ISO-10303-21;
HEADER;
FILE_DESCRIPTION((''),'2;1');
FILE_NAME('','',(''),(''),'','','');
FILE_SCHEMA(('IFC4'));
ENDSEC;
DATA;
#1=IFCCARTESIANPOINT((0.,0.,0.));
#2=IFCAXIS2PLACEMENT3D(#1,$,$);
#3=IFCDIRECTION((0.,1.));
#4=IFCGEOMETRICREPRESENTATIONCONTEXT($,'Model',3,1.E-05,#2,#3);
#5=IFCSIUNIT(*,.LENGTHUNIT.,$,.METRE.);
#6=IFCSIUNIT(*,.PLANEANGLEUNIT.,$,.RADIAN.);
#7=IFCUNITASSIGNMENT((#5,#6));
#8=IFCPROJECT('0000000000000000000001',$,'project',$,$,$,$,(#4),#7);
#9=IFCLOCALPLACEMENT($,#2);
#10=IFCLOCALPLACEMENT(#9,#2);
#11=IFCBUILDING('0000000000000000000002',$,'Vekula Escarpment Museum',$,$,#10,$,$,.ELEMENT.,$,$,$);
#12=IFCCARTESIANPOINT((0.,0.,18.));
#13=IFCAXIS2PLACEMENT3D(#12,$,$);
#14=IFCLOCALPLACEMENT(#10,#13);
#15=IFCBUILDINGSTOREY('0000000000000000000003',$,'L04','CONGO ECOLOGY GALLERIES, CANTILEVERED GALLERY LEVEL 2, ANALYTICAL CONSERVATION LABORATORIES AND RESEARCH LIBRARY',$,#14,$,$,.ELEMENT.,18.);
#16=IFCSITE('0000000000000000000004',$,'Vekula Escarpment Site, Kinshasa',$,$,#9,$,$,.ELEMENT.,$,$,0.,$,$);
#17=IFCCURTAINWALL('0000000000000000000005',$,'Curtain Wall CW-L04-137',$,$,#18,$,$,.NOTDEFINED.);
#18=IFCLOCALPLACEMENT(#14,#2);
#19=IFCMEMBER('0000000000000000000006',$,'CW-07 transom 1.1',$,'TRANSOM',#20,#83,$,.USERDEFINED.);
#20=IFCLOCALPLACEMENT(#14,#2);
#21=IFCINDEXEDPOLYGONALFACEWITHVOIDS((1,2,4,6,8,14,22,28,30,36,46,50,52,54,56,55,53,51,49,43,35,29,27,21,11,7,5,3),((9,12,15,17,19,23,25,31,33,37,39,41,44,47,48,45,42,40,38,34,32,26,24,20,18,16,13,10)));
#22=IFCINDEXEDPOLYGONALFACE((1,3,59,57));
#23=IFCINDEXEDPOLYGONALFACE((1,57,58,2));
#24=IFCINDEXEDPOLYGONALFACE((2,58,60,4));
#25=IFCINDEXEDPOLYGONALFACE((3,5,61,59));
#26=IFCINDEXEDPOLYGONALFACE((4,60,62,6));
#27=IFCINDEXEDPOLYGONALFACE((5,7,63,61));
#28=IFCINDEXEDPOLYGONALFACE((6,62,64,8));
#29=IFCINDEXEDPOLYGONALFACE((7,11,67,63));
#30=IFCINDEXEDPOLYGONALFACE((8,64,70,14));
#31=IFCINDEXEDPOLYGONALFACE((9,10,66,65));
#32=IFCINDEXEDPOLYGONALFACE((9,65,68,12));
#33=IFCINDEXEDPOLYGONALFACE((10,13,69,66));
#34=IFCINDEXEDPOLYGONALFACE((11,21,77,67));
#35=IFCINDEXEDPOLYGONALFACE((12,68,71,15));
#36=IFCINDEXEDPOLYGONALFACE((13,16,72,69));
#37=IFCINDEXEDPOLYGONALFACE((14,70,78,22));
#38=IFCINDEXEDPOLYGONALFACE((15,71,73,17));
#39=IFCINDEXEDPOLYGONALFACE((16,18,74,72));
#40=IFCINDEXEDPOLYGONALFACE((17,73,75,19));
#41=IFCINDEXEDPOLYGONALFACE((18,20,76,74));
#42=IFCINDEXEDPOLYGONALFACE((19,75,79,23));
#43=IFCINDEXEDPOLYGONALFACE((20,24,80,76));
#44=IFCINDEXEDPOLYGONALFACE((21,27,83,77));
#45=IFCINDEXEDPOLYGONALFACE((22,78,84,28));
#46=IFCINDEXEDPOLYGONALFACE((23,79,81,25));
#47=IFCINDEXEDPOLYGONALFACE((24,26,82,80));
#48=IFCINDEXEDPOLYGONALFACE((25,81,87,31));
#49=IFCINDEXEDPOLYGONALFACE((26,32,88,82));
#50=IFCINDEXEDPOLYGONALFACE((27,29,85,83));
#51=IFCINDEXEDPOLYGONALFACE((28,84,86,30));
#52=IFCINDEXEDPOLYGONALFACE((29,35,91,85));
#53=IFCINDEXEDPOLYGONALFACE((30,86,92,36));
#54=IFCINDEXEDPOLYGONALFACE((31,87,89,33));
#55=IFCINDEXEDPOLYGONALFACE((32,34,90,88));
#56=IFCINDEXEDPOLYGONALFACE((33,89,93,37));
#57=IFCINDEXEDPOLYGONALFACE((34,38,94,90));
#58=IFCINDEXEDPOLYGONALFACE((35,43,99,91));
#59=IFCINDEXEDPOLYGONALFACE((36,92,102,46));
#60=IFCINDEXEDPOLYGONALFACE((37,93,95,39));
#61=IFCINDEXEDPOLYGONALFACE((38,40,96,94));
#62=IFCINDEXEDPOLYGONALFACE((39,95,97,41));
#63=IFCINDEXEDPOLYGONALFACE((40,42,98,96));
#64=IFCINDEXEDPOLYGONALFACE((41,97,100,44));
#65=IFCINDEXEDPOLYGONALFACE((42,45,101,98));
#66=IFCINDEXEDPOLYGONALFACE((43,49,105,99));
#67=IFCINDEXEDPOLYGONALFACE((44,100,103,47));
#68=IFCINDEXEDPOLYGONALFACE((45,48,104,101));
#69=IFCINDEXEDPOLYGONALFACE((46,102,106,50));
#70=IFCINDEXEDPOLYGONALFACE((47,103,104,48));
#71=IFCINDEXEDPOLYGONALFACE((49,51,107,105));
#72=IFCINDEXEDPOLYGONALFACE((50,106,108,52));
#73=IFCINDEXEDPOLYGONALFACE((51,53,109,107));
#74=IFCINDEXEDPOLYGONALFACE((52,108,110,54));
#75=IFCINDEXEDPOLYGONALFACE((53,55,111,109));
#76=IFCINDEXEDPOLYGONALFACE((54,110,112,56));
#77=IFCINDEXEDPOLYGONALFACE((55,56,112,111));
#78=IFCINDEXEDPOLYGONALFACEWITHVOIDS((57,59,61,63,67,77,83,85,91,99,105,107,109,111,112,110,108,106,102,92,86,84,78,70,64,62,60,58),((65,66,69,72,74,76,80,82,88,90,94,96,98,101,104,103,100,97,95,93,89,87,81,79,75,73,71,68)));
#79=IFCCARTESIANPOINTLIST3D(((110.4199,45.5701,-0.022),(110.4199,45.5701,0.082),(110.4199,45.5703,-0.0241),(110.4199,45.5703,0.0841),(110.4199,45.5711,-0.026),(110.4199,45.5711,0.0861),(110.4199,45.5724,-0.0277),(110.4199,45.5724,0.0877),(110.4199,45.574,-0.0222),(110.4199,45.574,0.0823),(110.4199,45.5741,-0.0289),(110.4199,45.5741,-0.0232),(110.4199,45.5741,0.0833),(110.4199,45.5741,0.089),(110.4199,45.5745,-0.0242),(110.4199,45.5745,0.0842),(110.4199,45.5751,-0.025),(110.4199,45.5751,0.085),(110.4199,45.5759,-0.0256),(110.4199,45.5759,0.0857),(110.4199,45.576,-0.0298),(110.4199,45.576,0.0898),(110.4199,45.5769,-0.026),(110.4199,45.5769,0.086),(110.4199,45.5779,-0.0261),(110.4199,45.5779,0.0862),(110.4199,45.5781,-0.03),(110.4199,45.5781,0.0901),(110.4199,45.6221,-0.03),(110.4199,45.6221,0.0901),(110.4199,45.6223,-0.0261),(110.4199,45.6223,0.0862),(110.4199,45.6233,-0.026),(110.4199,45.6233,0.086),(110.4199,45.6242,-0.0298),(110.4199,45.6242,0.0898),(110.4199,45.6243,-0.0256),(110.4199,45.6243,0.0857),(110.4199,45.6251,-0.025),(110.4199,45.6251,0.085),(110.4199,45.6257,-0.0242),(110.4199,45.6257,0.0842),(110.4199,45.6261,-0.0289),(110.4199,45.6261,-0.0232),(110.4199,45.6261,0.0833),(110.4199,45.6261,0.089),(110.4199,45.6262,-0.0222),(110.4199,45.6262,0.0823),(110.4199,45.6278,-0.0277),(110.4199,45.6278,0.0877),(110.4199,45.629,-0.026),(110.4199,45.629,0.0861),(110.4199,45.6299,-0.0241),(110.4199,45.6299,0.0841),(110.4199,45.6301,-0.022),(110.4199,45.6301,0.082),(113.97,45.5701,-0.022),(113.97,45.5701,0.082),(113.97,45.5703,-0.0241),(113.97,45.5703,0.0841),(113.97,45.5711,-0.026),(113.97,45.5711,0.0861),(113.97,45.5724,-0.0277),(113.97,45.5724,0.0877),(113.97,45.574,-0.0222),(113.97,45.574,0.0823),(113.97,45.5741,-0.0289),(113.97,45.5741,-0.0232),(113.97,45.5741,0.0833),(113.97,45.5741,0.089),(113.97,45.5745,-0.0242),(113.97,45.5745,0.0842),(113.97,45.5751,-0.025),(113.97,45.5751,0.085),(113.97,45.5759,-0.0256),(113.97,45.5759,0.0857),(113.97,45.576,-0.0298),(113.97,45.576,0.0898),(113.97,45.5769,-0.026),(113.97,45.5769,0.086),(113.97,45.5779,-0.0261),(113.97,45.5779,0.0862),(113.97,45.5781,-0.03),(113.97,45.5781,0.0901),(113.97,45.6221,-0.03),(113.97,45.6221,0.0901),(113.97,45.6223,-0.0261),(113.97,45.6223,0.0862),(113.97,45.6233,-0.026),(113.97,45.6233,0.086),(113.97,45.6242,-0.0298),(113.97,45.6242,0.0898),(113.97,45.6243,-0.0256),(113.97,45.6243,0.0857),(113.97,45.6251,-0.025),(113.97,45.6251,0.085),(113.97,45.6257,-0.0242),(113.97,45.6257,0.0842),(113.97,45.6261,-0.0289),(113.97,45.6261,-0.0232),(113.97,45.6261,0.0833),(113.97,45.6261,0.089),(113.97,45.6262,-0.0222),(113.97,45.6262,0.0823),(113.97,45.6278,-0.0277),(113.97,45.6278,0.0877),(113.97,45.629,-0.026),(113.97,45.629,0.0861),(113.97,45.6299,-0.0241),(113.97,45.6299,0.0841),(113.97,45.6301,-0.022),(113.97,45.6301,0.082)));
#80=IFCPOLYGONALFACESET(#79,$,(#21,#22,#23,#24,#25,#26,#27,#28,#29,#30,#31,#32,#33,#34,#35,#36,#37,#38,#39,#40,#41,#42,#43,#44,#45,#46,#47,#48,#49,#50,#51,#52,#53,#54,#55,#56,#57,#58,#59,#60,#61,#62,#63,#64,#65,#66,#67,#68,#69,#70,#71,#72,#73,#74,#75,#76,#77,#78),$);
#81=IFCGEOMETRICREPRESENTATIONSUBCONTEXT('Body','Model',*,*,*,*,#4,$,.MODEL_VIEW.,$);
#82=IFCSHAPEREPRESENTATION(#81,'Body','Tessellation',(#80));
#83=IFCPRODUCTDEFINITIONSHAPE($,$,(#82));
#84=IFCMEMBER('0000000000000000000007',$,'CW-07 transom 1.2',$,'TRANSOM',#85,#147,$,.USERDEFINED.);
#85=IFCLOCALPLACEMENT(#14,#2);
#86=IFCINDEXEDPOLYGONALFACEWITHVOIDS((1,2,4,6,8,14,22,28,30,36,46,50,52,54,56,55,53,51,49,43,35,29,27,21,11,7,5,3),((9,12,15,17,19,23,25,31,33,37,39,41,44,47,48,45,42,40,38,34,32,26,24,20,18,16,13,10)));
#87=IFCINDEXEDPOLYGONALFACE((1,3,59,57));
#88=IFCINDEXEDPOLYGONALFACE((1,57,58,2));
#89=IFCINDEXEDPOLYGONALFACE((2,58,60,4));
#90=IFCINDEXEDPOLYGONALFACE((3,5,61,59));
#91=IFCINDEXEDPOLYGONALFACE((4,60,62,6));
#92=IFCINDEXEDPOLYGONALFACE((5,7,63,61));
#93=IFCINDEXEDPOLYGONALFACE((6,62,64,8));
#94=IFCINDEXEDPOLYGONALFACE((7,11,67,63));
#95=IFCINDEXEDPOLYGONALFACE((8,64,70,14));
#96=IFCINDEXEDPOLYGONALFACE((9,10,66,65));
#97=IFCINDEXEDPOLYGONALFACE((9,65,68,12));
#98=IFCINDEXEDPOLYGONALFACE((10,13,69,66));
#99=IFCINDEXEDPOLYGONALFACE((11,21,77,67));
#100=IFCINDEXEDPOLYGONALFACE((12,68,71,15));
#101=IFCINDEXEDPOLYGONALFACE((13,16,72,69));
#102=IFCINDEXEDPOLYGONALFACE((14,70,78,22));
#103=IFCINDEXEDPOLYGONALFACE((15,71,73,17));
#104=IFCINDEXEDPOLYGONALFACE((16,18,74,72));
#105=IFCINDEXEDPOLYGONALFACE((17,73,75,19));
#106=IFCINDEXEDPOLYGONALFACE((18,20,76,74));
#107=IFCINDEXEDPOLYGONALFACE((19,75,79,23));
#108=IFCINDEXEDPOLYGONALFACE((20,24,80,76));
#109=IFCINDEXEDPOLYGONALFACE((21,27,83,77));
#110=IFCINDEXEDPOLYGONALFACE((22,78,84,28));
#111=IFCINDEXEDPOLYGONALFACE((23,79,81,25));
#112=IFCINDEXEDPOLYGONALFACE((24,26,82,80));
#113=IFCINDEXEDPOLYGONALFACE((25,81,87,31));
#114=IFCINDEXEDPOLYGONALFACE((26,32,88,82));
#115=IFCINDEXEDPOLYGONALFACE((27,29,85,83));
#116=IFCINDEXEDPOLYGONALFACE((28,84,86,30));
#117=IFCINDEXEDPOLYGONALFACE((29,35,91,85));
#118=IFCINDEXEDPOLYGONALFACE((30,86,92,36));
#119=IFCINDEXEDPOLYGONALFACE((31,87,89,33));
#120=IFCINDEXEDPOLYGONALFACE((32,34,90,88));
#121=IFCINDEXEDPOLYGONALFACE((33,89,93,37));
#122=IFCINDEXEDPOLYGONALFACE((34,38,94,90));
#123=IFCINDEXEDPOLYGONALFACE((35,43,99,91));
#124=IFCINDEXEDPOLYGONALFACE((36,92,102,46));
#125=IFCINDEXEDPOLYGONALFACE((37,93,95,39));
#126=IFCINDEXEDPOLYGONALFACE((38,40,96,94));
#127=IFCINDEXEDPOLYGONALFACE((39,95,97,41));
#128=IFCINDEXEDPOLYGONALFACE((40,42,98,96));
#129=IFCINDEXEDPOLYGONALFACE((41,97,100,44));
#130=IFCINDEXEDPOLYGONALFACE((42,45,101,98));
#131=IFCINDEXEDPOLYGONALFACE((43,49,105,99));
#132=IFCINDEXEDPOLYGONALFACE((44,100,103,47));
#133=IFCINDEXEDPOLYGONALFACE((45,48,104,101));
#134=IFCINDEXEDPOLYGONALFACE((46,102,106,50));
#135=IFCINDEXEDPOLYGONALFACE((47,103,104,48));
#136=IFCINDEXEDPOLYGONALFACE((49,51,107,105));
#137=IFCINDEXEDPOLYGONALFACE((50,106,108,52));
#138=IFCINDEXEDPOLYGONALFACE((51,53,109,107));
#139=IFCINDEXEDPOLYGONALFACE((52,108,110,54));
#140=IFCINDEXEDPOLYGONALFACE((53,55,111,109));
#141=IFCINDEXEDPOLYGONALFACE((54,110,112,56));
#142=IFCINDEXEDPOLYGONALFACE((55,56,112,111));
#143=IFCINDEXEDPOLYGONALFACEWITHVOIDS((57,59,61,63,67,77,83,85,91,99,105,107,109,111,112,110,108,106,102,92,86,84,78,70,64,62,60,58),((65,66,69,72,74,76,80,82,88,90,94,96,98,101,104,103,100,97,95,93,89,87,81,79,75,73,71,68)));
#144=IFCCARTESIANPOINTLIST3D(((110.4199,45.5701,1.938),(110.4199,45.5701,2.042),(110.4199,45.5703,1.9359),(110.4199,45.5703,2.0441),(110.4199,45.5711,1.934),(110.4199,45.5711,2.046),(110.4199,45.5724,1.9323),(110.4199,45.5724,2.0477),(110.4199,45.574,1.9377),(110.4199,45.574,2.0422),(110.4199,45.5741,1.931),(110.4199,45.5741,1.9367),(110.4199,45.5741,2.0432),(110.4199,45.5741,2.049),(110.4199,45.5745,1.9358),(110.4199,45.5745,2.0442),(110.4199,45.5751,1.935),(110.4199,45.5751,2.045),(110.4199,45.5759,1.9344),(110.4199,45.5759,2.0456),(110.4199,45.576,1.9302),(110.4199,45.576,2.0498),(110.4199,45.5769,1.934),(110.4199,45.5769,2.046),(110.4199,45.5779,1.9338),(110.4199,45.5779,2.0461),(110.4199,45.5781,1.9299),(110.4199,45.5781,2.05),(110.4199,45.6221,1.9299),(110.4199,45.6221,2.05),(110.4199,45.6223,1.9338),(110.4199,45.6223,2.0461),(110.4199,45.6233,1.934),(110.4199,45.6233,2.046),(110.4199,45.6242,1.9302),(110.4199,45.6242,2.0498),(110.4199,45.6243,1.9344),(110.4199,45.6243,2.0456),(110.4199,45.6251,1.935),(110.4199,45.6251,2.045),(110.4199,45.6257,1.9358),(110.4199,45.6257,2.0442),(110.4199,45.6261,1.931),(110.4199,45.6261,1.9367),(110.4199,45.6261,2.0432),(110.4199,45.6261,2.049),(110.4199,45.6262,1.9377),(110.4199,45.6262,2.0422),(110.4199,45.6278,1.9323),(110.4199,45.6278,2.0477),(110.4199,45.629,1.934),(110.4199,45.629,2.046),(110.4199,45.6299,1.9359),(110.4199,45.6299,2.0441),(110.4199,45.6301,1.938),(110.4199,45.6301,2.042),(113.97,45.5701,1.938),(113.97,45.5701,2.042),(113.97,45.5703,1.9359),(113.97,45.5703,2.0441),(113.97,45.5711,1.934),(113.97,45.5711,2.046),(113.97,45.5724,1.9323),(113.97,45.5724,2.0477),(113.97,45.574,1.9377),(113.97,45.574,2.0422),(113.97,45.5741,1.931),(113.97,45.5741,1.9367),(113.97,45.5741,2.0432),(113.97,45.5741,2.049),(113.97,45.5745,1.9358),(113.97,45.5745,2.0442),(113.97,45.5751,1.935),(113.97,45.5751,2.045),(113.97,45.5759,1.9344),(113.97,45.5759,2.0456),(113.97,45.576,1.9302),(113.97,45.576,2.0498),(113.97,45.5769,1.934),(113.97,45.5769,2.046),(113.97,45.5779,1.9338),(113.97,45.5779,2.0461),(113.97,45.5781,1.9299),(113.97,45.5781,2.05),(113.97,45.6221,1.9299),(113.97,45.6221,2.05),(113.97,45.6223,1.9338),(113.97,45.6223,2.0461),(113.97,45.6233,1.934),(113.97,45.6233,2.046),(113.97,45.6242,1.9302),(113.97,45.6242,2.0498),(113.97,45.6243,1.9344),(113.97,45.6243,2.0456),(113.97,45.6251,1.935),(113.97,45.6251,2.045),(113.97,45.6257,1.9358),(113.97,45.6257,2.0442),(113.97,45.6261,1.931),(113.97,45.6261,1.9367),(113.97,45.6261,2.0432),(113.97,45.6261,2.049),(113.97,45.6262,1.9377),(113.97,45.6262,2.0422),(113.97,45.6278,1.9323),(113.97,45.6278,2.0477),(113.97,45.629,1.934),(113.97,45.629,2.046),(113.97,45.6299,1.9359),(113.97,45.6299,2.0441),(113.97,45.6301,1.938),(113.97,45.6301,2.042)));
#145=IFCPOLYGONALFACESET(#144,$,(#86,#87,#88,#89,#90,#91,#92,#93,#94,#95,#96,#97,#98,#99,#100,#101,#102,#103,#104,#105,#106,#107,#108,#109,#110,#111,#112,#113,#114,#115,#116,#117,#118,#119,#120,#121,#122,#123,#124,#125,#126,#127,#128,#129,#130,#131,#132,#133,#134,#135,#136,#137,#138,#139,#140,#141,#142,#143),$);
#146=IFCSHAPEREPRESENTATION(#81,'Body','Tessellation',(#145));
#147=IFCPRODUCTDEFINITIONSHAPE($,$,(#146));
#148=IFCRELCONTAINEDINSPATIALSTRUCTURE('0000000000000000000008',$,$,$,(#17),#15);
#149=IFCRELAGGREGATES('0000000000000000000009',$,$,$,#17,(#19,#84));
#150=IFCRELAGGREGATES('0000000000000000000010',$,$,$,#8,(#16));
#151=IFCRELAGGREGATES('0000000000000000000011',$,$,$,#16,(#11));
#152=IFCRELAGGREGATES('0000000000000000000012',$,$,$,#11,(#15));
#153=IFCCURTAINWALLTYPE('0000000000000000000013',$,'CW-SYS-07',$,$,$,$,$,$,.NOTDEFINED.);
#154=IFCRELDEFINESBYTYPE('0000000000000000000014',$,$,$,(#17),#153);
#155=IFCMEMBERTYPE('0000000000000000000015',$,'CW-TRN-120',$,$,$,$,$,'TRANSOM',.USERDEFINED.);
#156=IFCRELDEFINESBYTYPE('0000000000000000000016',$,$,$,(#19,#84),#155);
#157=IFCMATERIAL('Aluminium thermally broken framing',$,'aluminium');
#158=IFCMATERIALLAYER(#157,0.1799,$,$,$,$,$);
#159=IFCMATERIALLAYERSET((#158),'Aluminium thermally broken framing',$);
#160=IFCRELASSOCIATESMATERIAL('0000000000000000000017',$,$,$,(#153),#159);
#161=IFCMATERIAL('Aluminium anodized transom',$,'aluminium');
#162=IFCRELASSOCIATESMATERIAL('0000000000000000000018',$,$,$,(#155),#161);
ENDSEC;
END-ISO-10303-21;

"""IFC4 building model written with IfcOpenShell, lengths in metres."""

from ifc_helpers import new_model, si_unit, direction, frame, origin, origin_2d, place, context, subcontext, project, spatial, hollow_rectangle, extrude, material, layer, layer_set, material_profile, profile_set, type_object, element, aggregate, save


model = new_model("IFC4")

# Units and contexts
model_context = context("Model", 3, precision=1e-05, world=origin(), true_north=direction((0.0, 1.0)))
body_context = subcontext(model_context, "Body", "Model", "MODEL_VIEW")
ifc_project = project(units=[si_unit("LENGTHUNIT", "METRE"), si_unit("PLANEANGLEUNIT", "RADIAN")], contexts=[model_context])

# Site, building, storey
site_placement = place(None, origin())
site = spatial("IfcSite", under=ifc_project, at=site_placement, Name="Vekula Escarpment Site, Kinshasa", CompositionType="ELEMENT", RefElevation=0.0)
building_placement = place(site_placement, origin())
building = spatial("IfcBuilding", under=site, at=building_placement, Name="Vekula Escarpment Museum", CompositionType="ELEMENT")
storey_placement = place(building_placement, frame((0.0, 0.0, 18.0)))
storey = spatial("IfcBuildingStorey", under=building, at=storey_placement, Name="L04", Description="CONGO ECOLOGY GALLERIES, CANTILEVERED GALLERY LEVEL 2, ANALYTICAL CONSERVATION LABORATORIES AND RESEARCH LIBRARY", CompositionType="ELEMENT", Elevation=18.0)

# Curtain wall, members
ifc_material_1 = material(Name="Aluminium thermally broken framing", Category="aluminium")
ifc_layer_1 = layer(ifc_material_1, 0.1799)
ifc_layer_set_1 = layer_set([ifc_layer_1], Name="Aluminium thermally broken framing")
curtain_wall_type_1 = type_object("IfcCurtainWallType", Name="CW-SYS-07", PredefinedType="NOTDEFINED", material=ifc_layer_set_1)
curtain_wall_1_placement = place(storey_placement, origin())
curtain_wall_1 = element("IfcCurtainWall", 1, at=curtain_wall_1_placement, inside=storey, type_object=curtain_wall_type_1, Name="Curtain Wall CW-L04-137", PredefinedType="NOTDEFINED")
ifc_material_2 = material(Name="Aluminium anodized transom", Category="aluminium")
ifc_material_profile_1 = material_profile(ifc_material_2, hollow_rectangle(XDim=0.0601, YDim=0.1201, WallThickness=0.0039, InnerFilletRadius=0.0039, OuterFilletRadius=0.0081, at=origin_2d()), Name="ALU 120x60x4")
ifc_profile_set_1 = profile_set([ifc_material_profile_1], Name="Aluminium anodized transom")
member_type_1 = type_object("IfcMemberType", Name="CW-TRN-120", ElementType="TRANSOM", PredefinedType="USERDEFINED", material=ifc_profile_set_1)
member_1_placement = place(storey_placement, frame((110.4199, 45.6001, 0.03), z_axis=(1.0, 0.0, 0.0), x_axis=(0.0, 1.0, 0.0)))
member_1 = element("IfcMember", 2, at=member_1_placement, type_object=member_type_1, Name="CW-07 transom 1.1", ObjectType="TRANSOM", PredefinedType="USERDEFINED", context=body_context, shape_type="SweptSolid", body=[
    extrude(hollow_rectangle(XDim=0.0601, YDim=0.1201, WallThickness=0.0039, InnerFilletRadius=0.0039, OuterFilletRadius=0.0081, at=origin_2d()), origin(), (0.0, 0.0, 1.0), 3.55),
])
member_2_placement = place(storey_placement, frame((110.4199, 45.6001, 1.99), z_axis=(1.0, 0.0, 0.0), x_axis=(0.0, 1.0, 0.0)))
member_2 = element("IfcMember", 3, at=member_2_placement, type_object=member_type_1, Name="CW-07 transom 1.2", ObjectType="TRANSOM", PredefinedType="USERDEFINED", context=body_context, shape_type="SweptSolid", body=[
    extrude(hollow_rectangle(XDim=0.0601, YDim=0.1201, WallThickness=0.0039, InnerFilletRadius=0.0039, OuterFilletRadius=0.0081, at=origin_2d()), origin(), (0.0, 0.0, 1.0), 3.55),
])

aggregate(curtain_wall_1, [member_1, member_2])

save(model, "model.ifc")
